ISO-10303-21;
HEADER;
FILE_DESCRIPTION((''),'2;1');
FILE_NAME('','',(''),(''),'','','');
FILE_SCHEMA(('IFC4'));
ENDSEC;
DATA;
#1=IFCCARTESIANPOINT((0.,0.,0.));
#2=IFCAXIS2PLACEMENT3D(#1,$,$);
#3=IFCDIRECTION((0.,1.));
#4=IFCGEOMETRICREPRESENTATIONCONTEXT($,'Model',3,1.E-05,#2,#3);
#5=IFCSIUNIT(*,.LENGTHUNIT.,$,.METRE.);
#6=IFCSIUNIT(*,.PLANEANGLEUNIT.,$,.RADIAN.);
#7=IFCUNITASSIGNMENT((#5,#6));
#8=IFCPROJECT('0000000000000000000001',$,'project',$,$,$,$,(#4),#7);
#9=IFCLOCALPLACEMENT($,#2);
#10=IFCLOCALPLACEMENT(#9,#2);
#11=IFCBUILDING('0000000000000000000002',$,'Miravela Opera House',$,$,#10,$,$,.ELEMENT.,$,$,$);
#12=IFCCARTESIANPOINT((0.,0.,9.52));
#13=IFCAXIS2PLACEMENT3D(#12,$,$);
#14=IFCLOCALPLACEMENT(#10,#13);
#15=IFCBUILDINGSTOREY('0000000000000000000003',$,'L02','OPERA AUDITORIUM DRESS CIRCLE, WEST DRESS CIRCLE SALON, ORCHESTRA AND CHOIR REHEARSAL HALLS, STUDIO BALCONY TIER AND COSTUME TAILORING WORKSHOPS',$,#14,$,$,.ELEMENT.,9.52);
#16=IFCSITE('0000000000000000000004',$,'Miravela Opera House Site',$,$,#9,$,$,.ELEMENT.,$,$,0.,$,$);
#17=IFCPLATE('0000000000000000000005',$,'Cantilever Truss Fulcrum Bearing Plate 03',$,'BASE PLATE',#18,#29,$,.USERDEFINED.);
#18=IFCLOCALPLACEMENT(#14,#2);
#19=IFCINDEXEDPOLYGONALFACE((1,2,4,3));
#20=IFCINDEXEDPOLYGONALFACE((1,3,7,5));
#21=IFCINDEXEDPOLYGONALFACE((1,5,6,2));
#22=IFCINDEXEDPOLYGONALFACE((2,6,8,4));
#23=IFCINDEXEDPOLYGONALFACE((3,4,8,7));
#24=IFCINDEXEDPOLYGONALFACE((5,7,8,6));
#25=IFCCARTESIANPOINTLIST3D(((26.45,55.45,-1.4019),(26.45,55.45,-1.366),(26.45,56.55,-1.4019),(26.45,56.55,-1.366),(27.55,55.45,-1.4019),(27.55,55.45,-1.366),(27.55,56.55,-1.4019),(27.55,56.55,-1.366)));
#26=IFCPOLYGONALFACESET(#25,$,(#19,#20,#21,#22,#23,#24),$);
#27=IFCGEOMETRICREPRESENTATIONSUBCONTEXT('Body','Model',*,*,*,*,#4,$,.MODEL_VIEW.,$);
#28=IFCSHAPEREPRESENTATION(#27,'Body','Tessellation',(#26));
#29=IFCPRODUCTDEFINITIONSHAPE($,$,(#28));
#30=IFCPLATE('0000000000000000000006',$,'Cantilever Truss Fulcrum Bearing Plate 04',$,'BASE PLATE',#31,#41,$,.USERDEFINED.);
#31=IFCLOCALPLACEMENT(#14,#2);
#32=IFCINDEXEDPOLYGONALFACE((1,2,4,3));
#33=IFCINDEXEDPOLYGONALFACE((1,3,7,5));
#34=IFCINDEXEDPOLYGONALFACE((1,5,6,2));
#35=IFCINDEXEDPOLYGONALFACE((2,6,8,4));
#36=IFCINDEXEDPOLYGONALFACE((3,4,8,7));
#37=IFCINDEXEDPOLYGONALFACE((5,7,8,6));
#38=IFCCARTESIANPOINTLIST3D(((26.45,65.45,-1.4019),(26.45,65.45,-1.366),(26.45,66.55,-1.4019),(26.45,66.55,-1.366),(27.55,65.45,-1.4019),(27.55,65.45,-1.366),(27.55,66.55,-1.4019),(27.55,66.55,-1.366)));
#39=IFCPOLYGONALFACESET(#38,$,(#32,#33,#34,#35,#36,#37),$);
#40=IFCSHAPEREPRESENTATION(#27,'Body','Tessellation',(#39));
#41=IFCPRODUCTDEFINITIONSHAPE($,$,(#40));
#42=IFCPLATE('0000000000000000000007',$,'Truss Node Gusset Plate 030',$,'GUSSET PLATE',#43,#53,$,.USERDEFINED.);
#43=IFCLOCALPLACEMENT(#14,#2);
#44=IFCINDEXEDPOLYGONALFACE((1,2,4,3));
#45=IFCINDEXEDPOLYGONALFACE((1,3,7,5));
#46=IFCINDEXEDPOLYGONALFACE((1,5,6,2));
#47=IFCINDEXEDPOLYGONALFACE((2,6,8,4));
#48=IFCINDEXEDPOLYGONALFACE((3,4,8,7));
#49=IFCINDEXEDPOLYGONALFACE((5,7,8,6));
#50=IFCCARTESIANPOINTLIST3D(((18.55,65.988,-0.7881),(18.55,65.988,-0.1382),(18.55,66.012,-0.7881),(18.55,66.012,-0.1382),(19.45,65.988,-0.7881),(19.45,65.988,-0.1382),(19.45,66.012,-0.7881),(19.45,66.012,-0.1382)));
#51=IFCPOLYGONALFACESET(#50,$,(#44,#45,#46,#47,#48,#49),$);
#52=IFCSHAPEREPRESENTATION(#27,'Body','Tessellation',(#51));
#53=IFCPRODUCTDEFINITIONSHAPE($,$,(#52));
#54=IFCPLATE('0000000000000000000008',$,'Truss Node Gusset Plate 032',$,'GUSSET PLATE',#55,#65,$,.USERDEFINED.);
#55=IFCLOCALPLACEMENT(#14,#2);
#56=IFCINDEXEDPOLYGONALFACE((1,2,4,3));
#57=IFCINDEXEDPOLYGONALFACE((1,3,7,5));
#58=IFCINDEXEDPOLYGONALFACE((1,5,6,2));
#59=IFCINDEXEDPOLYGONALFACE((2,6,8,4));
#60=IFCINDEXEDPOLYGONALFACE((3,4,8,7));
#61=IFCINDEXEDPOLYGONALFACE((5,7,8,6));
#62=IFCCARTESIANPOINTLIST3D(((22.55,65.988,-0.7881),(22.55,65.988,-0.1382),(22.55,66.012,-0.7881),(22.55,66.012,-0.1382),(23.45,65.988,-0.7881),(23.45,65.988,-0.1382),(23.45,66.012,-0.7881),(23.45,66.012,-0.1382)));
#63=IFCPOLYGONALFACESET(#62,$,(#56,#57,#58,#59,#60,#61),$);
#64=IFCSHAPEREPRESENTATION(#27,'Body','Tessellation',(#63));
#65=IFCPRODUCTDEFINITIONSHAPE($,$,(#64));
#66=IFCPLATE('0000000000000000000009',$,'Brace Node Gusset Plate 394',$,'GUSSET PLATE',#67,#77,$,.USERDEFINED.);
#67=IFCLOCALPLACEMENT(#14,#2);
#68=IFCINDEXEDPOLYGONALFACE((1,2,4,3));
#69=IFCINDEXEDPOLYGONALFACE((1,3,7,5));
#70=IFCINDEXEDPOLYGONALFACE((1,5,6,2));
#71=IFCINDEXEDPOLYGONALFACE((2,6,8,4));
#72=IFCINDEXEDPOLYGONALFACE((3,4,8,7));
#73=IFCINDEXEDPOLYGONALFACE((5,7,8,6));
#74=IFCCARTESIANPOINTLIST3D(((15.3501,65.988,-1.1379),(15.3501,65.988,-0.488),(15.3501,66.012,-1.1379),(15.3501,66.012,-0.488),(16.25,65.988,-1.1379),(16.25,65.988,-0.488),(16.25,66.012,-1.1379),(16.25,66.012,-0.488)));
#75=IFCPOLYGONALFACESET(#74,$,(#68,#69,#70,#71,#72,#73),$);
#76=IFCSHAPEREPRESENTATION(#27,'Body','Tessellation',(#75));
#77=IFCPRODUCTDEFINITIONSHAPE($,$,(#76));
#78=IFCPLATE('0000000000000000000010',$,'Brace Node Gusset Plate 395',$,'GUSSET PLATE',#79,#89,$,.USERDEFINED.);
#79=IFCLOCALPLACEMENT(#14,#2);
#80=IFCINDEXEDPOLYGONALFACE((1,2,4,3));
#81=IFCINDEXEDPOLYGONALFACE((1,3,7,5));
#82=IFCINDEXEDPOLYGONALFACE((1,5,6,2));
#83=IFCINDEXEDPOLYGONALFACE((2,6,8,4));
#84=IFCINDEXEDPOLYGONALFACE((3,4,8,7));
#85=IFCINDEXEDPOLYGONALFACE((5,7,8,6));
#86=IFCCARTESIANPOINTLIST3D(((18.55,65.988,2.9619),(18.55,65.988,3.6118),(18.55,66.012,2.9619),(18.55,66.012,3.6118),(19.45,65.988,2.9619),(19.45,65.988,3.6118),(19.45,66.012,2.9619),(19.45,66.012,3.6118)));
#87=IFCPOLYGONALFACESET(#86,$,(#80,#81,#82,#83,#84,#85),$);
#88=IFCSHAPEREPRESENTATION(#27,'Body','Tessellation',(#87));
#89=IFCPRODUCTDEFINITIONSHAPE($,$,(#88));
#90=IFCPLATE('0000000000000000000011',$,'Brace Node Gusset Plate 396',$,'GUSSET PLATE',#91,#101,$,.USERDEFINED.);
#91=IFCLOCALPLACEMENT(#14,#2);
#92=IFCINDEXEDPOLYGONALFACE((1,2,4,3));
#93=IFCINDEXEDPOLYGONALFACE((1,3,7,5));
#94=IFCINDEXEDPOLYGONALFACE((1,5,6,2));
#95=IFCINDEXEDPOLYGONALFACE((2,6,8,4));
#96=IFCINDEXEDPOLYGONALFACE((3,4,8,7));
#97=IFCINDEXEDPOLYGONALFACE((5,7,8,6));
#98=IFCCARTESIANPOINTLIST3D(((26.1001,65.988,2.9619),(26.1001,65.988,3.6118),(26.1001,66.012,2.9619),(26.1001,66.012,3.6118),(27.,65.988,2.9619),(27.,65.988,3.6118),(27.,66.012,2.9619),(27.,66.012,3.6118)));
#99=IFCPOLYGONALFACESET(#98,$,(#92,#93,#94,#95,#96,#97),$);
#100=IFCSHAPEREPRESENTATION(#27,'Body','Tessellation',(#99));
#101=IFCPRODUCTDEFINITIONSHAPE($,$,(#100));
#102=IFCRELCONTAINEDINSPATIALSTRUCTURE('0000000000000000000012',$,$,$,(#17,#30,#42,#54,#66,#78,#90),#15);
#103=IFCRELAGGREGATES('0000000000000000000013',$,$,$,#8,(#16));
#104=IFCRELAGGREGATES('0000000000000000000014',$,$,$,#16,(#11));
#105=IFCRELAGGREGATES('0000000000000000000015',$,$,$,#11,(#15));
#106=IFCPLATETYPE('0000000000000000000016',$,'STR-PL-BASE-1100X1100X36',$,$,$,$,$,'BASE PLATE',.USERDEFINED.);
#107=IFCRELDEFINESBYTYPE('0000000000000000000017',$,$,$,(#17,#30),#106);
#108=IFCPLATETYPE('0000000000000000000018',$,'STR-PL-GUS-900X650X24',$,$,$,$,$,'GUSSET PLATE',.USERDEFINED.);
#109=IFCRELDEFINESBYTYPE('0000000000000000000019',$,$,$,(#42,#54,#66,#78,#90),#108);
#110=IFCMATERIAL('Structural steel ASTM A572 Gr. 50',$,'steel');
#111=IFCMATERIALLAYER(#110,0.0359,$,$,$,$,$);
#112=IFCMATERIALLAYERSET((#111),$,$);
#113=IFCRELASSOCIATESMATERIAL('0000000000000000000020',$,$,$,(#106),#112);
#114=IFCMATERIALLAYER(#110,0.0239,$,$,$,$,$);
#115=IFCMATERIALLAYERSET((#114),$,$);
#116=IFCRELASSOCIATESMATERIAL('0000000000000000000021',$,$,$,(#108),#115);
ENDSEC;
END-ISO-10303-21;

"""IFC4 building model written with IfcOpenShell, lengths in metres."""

from ifc_helpers import new_model, si_unit, direction, frame, origin, origin_2d, place, context, subcontext, project, spatial, rectangle, extrude, material, layer, layer_set, type_object, element, save


model = new_model("IFC4")

# Units and contexts
model_context = context("Model", 3, precision=1e-05, world=origin(), true_north=direction((0.0, 1.0)))
body_context = subcontext(model_context, "Body", "Model", "MODEL_VIEW")
ifc_project = project(units=[si_unit("LENGTHUNIT", "METRE"), si_unit("PLANEANGLEUNIT", "RADIAN")], contexts=[model_context])

# Site, building, storey
site_placement = place(None, origin())
site = spatial("IfcSite", under=ifc_project, at=site_placement, Name="Miravela Opera House Site", CompositionType="ELEMENT", RefElevation=0.0)
building_placement = place(site_placement, origin())
building = spatial("IfcBuilding", under=site, at=building_placement, Name="Miravela Opera House", CompositionType="ELEMENT")
storey_placement = place(building_placement, frame((0.0, 0.0, 9.52)))
storey = spatial("IfcBuildingStorey", under=building, at=storey_placement, Name="L02", Description="OPERA AUDITORIUM DRESS CIRCLE, WEST DRESS CIRCLE SALON, ORCHESTRA AND CHOIR REHEARSAL HALLS, STUDIO BALCONY TIER AND COSTUME TAILORING WORKSHOPS", CompositionType="ELEMENT", Elevation=9.52)

# Plates
ifc_material_1 = material(Name="Structural steel ASTM A572 Gr. 50", Category="steel")
ifc_layer_1 = layer(ifc_material_1, 0.0359)
ifc_layer_set_1 = layer_set([ifc_layer_1])
plate_type_1 = type_object("IfcPlateType", Name="STR-PL-BASE-1100X1100X36", ElementType="BASE PLATE", PredefinedType="USERDEFINED", material=ifc_layer_set_1)
for number, where, z_axis, x_axis, name in (
    (1, (27.0, 56.0, -1.4019), (0.0, 0.0, 1.0), (1.0, 0.0, 0.0), "Cantilever Truss Fulcrum Bearing Plate 03"),
    (2, (27.0, 66.0, -1.4019), (0.0, 0.0, 1.0), (1.0, 0.0, 0.0), "Cantilever Truss Fulcrum Bearing Plate 04"),
):
    element("IfcPlate", number, at=place(storey_placement, frame(where, z_axis=z_axis, x_axis=x_axis)), inside=storey, type_object=plate_type_1, Name=name, ObjectType="BASE PLATE", PredefinedType="USERDEFINED", context=body_context, shape_type="SweptSolid", body=[
        extrude(rectangle(XDim=1.1001, YDim=1.1001, at=origin_2d()), origin(), (0.0, 0.0, 1.0), 0.0359),
    ])
ifc_layer_2 = layer(ifc_material_1, 0.0239)
ifc_layer_set_2 = layer_set([ifc_layer_2])
plate_type_2 = type_object("IfcPlateType", Name="STR-PL-GUS-900X650X24", ElementType="GUSSET PLATE", PredefinedType="USERDEFINED", material=ifc_layer_set_2)
for number, where, z_axis, x_axis, name in (
    (3, (19.0, 66.0, -0.7881), (0.0, 0.0, 1.0), (1.0, 0.0, 0.0), "Truss Node Gusset Plate 030"),
    (4, (23.0, 66.0, -0.7881), (0.0, 0.0, 1.0), (1.0, 0.0, 0.0), "Truss Node Gusset Plate 032"),
    (5, (15.8, 66.0, -1.1379), (0.0, 0.0, 1.0), (1.0, 0.0, 0.0), "Brace Node Gusset Plate 394"),
    (6, (19.0, 66.0, 2.9619), (0.0, 0.0, 1.0), (1.0, 0.0, 0.0), "Brace Node Gusset Plate 395"),
    (7, (26.55, 66.0, 2.9619), (0.0, 0.0, 1.0), (1.0, 0.0, 0.0), "Brace Node Gusset Plate 396"),
):
    element("IfcPlate", number, at=place(storey_placement, frame(where, z_axis=z_axis, x_axis=x_axis)), inside=storey, type_object=plate_type_2, Name=name, ObjectType="GUSSET PLATE", PredefinedType="USERDEFINED", context=body_context, shape_type="SweptSolid", body=[
        extrude(rectangle(XDim=0.8999, YDim=0.0239, at=origin_2d()), origin(), (0.0, 0.0, 1.0), 0.6499),
    ])

save(model, "model.ifc")
